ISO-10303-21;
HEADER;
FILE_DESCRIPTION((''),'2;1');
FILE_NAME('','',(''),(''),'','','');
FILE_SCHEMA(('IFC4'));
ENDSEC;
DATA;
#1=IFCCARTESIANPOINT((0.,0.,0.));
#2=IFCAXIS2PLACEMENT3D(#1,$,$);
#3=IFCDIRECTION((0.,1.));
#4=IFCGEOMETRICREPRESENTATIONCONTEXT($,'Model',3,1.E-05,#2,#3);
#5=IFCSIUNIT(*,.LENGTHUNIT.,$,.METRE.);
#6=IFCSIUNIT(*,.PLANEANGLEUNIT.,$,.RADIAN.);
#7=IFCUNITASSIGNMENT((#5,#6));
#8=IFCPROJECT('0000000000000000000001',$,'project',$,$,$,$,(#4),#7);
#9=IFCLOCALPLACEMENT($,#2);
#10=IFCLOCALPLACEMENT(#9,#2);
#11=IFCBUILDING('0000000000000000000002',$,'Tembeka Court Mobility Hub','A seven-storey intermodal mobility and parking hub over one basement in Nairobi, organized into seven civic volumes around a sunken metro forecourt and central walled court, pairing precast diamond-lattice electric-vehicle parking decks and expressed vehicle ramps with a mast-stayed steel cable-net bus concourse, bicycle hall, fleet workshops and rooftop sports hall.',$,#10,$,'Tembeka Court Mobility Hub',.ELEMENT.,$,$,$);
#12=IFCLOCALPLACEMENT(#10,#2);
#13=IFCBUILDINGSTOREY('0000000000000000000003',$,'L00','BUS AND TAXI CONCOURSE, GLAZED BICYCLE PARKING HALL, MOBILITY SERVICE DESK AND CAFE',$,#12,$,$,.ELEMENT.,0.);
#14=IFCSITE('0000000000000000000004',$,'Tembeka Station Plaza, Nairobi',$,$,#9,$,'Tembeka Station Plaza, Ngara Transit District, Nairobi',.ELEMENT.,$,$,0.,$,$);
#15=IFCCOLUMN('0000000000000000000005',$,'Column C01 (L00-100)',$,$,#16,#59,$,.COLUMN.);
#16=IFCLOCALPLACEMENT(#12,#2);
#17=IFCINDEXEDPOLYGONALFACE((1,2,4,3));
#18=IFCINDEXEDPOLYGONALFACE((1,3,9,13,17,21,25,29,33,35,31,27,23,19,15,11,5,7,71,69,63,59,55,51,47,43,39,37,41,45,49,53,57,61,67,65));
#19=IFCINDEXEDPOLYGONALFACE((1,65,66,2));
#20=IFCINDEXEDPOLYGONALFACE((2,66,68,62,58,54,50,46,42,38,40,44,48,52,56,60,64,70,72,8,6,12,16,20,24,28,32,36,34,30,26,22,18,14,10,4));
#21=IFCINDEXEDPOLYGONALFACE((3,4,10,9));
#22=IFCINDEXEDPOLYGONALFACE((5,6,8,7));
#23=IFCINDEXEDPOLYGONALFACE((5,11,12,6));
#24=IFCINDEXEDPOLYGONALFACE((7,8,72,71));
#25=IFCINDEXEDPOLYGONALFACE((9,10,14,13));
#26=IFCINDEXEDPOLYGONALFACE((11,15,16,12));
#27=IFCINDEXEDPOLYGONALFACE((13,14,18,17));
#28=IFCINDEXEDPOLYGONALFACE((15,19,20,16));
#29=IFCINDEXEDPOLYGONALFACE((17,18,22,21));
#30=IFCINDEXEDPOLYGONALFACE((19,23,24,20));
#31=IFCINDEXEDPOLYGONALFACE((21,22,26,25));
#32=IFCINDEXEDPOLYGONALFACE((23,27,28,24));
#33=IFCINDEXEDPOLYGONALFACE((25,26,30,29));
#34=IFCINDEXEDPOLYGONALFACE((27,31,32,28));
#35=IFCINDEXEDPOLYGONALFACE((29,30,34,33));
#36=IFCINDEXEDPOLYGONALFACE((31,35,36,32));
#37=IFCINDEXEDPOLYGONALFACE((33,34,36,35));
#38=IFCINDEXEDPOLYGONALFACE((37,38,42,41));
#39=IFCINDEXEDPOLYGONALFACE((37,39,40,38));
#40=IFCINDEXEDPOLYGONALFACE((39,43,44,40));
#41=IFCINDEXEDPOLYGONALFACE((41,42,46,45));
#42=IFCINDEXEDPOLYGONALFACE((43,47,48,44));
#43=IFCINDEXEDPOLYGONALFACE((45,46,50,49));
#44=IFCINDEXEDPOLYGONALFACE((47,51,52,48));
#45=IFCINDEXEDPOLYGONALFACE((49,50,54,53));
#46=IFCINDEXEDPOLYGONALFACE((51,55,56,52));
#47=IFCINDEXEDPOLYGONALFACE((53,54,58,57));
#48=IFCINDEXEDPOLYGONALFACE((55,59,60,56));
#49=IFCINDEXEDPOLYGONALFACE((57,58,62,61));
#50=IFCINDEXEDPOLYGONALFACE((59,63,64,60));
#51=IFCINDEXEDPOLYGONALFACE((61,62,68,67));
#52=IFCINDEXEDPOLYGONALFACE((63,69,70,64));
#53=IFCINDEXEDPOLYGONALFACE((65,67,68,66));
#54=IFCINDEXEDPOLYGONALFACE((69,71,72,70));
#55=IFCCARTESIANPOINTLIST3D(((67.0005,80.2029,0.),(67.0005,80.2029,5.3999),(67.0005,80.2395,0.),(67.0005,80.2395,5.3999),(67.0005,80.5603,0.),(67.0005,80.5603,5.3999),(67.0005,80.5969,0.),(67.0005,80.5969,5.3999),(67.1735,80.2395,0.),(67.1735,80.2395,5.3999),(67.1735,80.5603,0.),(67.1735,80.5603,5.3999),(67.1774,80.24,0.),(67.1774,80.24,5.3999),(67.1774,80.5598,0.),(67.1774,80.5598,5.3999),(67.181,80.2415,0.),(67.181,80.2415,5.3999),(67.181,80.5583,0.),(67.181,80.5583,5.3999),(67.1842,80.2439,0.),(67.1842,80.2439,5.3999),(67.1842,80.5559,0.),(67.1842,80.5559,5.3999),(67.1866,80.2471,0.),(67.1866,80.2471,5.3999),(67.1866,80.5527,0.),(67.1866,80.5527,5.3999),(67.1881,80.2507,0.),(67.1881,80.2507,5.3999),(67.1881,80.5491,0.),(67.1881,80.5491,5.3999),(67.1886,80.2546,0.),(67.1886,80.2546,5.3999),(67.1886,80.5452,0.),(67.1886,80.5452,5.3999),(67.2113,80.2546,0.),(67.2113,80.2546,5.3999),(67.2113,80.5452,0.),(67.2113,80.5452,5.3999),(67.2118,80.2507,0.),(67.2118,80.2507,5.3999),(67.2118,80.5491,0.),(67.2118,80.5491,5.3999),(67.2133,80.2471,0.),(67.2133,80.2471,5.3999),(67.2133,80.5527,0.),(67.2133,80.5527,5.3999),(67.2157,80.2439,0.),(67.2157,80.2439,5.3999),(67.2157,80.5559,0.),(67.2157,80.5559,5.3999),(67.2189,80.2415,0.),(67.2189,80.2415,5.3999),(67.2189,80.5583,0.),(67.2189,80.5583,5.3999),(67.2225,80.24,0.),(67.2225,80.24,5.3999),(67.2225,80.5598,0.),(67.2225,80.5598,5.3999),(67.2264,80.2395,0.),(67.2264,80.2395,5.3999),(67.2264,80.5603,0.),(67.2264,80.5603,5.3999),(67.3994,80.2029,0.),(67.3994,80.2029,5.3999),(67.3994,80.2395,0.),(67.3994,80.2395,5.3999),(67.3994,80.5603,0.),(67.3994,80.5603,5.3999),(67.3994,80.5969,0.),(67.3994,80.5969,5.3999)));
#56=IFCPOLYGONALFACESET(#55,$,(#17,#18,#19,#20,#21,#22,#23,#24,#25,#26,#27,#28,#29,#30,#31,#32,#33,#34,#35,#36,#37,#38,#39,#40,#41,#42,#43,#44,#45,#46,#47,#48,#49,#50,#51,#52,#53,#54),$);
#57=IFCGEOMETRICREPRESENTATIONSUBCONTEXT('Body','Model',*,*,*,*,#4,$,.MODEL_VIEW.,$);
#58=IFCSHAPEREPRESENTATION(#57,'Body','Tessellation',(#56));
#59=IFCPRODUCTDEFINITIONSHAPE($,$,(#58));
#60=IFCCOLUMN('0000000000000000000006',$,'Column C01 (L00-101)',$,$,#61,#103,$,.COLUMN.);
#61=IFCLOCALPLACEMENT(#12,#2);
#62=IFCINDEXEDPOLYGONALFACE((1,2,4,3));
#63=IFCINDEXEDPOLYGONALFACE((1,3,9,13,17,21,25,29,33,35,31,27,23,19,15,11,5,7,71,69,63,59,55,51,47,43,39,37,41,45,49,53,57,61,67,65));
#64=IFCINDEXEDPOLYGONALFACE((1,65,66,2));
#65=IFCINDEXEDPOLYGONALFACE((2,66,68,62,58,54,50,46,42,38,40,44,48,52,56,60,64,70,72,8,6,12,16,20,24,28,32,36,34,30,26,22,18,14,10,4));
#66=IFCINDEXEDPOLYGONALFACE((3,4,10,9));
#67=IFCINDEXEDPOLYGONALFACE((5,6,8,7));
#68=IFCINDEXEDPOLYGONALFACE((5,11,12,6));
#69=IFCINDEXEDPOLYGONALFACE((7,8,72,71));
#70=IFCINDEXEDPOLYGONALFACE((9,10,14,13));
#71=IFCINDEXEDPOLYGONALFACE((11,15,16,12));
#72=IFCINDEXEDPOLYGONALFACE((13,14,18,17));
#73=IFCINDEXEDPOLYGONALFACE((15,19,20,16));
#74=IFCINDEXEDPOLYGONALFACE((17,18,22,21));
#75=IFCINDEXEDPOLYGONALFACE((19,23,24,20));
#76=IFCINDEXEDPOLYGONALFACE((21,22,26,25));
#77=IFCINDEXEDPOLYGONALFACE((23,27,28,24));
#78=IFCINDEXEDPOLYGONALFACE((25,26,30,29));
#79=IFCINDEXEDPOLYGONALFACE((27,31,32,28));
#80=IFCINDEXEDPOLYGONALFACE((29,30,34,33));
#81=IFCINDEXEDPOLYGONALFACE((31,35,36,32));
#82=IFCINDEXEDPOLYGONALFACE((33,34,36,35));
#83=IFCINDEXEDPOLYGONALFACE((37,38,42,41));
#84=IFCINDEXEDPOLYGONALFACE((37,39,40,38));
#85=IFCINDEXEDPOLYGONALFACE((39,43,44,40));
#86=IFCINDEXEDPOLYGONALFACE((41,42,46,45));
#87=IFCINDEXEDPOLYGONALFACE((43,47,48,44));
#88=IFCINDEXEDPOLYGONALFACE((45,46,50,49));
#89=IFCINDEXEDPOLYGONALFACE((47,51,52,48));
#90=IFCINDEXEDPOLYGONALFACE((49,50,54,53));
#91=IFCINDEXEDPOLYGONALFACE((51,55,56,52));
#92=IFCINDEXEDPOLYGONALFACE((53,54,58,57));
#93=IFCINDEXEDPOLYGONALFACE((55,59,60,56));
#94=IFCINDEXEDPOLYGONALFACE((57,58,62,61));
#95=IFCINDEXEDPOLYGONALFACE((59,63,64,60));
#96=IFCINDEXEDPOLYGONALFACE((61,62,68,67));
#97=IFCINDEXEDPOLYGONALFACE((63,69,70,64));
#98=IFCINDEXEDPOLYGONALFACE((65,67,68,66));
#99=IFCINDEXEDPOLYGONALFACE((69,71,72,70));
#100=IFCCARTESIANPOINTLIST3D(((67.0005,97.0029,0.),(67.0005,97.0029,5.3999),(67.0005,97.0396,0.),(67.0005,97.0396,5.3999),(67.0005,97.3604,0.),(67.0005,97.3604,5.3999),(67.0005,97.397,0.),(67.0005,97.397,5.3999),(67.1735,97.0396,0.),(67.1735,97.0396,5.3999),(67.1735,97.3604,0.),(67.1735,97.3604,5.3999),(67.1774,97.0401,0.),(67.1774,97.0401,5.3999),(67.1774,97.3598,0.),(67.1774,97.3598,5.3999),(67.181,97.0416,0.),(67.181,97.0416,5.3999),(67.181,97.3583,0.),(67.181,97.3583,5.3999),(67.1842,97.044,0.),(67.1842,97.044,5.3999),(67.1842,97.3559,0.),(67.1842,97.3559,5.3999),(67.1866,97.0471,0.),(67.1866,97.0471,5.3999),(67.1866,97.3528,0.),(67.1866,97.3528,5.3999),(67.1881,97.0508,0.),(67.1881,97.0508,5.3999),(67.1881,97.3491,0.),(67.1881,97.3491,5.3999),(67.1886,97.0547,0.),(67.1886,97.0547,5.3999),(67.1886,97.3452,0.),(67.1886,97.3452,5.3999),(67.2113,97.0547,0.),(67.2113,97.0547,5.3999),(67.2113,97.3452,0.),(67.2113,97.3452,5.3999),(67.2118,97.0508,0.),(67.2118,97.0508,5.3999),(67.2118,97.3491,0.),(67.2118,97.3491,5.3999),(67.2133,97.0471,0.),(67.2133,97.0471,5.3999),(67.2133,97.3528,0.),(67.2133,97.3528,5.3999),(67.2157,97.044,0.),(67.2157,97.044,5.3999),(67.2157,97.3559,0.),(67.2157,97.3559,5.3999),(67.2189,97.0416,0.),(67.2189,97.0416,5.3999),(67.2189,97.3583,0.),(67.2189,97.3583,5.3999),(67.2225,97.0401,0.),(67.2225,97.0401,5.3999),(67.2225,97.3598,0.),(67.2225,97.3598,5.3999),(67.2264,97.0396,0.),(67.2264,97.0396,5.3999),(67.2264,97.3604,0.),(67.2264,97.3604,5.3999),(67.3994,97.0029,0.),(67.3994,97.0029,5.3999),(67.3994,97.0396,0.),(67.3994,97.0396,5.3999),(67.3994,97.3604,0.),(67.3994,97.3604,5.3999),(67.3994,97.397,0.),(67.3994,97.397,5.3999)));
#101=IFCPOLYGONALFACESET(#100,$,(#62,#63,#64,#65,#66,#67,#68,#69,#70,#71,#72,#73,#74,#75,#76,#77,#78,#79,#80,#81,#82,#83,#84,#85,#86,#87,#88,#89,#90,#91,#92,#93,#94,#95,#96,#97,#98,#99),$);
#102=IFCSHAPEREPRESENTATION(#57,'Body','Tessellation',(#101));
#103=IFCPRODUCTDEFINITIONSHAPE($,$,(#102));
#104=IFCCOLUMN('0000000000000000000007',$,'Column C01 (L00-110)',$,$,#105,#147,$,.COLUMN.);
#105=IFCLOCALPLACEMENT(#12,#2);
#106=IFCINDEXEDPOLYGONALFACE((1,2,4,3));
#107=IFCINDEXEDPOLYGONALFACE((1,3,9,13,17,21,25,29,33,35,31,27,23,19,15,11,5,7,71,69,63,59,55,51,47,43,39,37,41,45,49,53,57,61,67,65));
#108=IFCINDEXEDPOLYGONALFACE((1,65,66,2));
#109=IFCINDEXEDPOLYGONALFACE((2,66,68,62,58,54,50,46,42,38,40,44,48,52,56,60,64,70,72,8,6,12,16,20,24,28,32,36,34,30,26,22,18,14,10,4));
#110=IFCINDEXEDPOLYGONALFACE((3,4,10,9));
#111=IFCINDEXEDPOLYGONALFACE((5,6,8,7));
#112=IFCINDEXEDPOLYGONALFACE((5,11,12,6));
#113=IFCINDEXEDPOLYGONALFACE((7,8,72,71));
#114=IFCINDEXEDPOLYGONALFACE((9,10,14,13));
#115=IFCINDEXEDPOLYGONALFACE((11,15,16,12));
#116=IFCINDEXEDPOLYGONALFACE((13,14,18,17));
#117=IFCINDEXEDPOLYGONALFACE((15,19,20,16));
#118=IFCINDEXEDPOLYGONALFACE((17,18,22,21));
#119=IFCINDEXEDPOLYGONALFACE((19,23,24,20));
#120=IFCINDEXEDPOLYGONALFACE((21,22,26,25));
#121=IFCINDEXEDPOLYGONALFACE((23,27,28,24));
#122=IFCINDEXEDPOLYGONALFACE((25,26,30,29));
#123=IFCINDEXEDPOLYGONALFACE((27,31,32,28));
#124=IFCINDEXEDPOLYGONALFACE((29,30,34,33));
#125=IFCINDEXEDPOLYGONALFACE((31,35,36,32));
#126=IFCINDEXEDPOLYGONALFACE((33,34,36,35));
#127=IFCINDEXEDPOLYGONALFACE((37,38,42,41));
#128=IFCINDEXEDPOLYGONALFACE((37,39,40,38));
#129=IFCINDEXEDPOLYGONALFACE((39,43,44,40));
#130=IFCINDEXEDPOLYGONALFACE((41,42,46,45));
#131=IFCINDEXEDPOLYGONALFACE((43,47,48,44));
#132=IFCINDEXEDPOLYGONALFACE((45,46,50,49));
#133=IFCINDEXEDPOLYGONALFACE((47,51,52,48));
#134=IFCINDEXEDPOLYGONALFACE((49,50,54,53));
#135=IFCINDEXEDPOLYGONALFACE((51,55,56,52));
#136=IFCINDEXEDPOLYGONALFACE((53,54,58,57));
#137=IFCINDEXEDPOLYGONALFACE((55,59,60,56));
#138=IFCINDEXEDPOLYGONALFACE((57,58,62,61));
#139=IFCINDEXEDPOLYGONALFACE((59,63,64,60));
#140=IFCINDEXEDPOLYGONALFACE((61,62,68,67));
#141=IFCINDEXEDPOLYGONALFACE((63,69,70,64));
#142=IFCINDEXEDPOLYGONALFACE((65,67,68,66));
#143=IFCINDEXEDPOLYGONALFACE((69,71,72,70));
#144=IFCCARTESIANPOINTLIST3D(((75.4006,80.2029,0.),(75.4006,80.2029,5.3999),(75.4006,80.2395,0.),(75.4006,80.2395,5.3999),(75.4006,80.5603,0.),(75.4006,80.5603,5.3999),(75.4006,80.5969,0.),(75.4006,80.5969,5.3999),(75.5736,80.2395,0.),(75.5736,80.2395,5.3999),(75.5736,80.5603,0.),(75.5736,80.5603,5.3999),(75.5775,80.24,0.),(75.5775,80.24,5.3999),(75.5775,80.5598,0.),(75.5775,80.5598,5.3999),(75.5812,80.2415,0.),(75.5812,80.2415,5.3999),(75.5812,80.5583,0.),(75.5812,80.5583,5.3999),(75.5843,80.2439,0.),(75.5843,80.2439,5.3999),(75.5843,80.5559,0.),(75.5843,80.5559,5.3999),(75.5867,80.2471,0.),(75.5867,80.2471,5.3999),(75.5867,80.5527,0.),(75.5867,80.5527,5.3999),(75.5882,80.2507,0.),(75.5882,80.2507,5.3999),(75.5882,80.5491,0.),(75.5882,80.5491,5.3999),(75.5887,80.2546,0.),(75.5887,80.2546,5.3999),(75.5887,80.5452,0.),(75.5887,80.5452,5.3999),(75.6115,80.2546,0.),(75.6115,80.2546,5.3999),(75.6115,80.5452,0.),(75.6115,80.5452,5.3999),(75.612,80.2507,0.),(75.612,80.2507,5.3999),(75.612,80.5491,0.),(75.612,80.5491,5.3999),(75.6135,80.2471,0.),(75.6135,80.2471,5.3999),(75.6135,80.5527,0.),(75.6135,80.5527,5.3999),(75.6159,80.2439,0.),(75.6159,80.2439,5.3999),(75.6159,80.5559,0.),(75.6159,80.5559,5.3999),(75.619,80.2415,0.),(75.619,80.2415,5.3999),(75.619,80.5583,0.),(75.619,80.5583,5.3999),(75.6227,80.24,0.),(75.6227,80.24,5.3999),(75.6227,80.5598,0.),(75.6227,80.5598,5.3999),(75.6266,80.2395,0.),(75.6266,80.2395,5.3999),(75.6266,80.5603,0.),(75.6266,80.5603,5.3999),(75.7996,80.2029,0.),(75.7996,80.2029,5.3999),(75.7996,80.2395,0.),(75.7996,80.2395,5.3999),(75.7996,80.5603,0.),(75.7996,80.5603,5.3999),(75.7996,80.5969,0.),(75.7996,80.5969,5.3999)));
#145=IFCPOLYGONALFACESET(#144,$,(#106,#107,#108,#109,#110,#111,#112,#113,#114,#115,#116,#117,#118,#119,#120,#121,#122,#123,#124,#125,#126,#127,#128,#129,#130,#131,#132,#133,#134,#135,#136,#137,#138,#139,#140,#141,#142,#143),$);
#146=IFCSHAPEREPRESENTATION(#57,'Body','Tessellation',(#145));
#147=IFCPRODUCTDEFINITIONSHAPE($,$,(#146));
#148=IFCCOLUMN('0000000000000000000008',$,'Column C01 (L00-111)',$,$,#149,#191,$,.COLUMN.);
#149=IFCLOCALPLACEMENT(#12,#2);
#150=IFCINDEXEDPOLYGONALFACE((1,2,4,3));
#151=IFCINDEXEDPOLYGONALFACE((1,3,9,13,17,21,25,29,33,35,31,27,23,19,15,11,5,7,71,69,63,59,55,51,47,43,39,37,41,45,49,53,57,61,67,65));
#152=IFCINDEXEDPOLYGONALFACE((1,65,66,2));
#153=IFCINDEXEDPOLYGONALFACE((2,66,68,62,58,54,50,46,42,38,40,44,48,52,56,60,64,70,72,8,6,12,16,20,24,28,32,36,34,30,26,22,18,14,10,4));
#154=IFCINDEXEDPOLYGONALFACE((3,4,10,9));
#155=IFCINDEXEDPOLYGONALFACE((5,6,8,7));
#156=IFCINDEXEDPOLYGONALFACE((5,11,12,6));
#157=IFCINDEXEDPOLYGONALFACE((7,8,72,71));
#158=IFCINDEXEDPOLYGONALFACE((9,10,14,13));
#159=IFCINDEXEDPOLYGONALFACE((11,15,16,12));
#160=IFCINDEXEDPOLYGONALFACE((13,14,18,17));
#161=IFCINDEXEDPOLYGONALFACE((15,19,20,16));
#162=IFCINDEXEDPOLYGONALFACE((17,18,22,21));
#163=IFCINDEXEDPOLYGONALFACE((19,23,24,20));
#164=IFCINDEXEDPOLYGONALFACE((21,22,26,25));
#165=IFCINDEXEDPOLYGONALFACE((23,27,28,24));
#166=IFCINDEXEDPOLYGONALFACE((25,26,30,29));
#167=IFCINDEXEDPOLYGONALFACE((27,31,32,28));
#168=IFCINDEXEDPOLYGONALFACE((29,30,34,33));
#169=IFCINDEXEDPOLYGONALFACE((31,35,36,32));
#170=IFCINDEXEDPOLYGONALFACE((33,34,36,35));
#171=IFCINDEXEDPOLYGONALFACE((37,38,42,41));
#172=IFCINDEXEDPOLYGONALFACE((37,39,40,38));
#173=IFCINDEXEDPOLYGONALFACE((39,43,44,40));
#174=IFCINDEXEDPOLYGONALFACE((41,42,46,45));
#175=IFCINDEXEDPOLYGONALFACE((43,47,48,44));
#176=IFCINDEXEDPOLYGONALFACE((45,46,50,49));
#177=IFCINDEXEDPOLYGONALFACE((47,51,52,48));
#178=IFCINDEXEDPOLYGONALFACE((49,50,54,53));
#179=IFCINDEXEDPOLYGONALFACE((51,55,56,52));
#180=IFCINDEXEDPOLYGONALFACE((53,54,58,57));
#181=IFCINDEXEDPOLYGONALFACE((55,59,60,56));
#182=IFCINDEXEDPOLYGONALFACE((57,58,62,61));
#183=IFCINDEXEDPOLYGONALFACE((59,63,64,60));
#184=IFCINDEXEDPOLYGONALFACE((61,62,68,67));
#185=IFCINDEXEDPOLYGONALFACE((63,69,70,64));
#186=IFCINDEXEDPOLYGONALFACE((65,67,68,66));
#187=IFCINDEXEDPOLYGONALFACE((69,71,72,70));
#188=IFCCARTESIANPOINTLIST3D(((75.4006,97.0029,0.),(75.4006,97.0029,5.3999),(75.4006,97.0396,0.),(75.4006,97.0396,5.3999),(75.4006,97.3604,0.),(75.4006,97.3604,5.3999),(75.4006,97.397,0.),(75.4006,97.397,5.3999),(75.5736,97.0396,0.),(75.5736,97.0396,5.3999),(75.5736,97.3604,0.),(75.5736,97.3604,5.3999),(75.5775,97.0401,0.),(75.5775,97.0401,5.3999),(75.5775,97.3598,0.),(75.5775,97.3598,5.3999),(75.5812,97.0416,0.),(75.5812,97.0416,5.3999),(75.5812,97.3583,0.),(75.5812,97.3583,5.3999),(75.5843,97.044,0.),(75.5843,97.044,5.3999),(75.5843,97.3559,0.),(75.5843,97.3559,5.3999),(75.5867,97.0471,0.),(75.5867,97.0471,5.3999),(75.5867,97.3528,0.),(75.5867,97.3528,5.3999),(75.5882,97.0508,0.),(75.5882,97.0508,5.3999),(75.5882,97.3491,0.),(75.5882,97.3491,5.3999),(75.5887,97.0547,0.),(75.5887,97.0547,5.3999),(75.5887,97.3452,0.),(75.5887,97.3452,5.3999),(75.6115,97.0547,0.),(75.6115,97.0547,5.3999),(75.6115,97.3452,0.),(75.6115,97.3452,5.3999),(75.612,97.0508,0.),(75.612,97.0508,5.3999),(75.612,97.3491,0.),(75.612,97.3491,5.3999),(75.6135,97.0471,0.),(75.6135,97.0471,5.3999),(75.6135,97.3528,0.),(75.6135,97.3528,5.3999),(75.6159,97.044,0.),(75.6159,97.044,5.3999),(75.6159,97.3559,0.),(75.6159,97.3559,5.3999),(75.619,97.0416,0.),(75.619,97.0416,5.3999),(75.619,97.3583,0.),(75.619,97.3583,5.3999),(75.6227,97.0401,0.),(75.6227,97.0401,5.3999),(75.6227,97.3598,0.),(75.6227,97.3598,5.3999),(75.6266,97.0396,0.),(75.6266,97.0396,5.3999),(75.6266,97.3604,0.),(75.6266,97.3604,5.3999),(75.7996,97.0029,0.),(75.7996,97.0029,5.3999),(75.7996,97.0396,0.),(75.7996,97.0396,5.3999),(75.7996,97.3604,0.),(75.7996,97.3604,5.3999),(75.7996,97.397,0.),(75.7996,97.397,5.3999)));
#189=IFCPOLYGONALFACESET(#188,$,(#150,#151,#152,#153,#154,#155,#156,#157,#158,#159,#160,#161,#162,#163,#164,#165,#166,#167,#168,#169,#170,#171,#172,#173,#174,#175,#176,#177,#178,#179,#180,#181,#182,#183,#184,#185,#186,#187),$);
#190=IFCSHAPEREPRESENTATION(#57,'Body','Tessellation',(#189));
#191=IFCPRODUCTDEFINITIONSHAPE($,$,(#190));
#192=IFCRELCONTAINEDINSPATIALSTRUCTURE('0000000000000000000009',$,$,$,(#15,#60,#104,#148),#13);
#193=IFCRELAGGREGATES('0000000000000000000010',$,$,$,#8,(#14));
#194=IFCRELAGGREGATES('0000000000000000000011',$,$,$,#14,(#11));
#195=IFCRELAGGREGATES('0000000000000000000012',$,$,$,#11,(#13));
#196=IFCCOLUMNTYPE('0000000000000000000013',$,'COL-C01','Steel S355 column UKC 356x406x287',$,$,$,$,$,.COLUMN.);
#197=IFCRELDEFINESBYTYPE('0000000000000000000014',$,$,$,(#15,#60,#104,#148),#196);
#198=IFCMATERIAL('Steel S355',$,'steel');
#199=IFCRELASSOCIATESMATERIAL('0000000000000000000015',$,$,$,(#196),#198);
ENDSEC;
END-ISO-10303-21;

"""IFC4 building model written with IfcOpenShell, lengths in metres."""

from ifc_helpers import new_model, si_unit, direction, frame, origin, origin_2d, place, context, subcontext, project, spatial, i_section, extrude, material, material_profile, profile_set, type_object, element, save


model = new_model("IFC4")

# Units and contexts
model_context = context("Model", 3, precision=1e-05, world=origin(), true_north=direction((0.0, 1.0)))
body_context = subcontext(model_context, "Body", "Model", "MODEL_VIEW")
ifc_project = project(units=[si_unit("LENGTHUNIT", "METRE"), si_unit("PLANEANGLEUNIT", "RADIAN")], contexts=[model_context])

# Site, building, storey
site_placement = place(None, origin())
site = spatial("IfcSite", under=ifc_project, at=site_placement, Name="Tembeka Station Plaza, Nairobi", LongName="Tembeka Station Plaza, Ngara Transit District, Nairobi", CompositionType="ELEMENT", RefElevation=0.0)
building_placement = place(site_placement, origin())
building = spatial("IfcBuilding", under=site, at=building_placement, Name="Tembeka Court Mobility Hub", Description="A seven-storey intermodal mobility and parking hub over one basement in Nairobi, organized into seven civic volumes around a sunken metro forecourt and central walled court, pairing precast diamond-lattice electric-vehicle parking decks and expressed vehicle ramps with a mast-stayed steel cable-net bus concourse, bicycle hall, fleet workshops and rooftop sports hall.", LongName="Tembeka Court Mobility Hub", CompositionType="ELEMENT")
storey_placement = place(building_placement, origin())
storey = spatial("IfcBuildingStorey", under=building, at=storey_placement, Name="L00", Description="BUS AND TAXI CONCOURSE, GLAZED BICYCLE PARKING HALL, MOBILITY SERVICE DESK AND CAFE", CompositionType="ELEMENT", Elevation=0.0)

# Columns
ifc_material_1 = material(Name="Steel S355", Category="steel")
ifc_material_profile_1 = material_profile(ifc_material_1, i_section(OverallWidth=0.3989, OverallDepth=0.394, WebThickness=0.0227, FlangeThickness=0.0366, FilletRadius=0.0151, at=origin_2d()), Name="UKC 356x406x287")
ifc_profile_set_1 = profile_set([ifc_material_profile_1], Name="Steel S355")
column_type = type_object("IfcColumnType", Name="COL-C01", Description="Steel S355 column UKC 356x406x287", PredefinedType="COLUMN", material=ifc_profile_set_1)
for number, where, z_axis, x_axis, name in (
    (1, (67.2, 80.3999, 0.0), (0.0, 0.0, 1.0), (1.0, 0.0, 0.0), "Column C01 (L00-100)"),
    (2, (67.2, 97.2, 0.0), (0.0, 0.0, 1.0), (1.0, 0.0, 0.0), "Column C01 (L00-101)"),
    (3, (75.6001, 80.3999, 0.0), (0.0, 0.0, 1.0), (1.0, 0.0, 0.0), "Column C01 (L00-110)"),
    (4, (75.6001, 97.2, 0.0), (0.0, 0.0, 1.0), (1.0, 0.0, 0.0), "Column C01 (L00-111)"),
):
    element("IfcColumn", number, at=place(storey_placement, frame(where, z_axis=z_axis, x_axis=x_axis)), inside=storey, type_object=column_type, Name=name, PredefinedType="COLUMN", context=body_context, shape_type="SweptSolid", body=[
        extrude(i_section(OverallWidth=0.3989, OverallDepth=0.394, WebThickness=0.0227, FlangeThickness=0.0366, FilletRadius=0.0151, at=origin_2d()), origin(), (0.0, 0.0, 1.0), 5.3999),
    ])

save(model, "model.ifc")
